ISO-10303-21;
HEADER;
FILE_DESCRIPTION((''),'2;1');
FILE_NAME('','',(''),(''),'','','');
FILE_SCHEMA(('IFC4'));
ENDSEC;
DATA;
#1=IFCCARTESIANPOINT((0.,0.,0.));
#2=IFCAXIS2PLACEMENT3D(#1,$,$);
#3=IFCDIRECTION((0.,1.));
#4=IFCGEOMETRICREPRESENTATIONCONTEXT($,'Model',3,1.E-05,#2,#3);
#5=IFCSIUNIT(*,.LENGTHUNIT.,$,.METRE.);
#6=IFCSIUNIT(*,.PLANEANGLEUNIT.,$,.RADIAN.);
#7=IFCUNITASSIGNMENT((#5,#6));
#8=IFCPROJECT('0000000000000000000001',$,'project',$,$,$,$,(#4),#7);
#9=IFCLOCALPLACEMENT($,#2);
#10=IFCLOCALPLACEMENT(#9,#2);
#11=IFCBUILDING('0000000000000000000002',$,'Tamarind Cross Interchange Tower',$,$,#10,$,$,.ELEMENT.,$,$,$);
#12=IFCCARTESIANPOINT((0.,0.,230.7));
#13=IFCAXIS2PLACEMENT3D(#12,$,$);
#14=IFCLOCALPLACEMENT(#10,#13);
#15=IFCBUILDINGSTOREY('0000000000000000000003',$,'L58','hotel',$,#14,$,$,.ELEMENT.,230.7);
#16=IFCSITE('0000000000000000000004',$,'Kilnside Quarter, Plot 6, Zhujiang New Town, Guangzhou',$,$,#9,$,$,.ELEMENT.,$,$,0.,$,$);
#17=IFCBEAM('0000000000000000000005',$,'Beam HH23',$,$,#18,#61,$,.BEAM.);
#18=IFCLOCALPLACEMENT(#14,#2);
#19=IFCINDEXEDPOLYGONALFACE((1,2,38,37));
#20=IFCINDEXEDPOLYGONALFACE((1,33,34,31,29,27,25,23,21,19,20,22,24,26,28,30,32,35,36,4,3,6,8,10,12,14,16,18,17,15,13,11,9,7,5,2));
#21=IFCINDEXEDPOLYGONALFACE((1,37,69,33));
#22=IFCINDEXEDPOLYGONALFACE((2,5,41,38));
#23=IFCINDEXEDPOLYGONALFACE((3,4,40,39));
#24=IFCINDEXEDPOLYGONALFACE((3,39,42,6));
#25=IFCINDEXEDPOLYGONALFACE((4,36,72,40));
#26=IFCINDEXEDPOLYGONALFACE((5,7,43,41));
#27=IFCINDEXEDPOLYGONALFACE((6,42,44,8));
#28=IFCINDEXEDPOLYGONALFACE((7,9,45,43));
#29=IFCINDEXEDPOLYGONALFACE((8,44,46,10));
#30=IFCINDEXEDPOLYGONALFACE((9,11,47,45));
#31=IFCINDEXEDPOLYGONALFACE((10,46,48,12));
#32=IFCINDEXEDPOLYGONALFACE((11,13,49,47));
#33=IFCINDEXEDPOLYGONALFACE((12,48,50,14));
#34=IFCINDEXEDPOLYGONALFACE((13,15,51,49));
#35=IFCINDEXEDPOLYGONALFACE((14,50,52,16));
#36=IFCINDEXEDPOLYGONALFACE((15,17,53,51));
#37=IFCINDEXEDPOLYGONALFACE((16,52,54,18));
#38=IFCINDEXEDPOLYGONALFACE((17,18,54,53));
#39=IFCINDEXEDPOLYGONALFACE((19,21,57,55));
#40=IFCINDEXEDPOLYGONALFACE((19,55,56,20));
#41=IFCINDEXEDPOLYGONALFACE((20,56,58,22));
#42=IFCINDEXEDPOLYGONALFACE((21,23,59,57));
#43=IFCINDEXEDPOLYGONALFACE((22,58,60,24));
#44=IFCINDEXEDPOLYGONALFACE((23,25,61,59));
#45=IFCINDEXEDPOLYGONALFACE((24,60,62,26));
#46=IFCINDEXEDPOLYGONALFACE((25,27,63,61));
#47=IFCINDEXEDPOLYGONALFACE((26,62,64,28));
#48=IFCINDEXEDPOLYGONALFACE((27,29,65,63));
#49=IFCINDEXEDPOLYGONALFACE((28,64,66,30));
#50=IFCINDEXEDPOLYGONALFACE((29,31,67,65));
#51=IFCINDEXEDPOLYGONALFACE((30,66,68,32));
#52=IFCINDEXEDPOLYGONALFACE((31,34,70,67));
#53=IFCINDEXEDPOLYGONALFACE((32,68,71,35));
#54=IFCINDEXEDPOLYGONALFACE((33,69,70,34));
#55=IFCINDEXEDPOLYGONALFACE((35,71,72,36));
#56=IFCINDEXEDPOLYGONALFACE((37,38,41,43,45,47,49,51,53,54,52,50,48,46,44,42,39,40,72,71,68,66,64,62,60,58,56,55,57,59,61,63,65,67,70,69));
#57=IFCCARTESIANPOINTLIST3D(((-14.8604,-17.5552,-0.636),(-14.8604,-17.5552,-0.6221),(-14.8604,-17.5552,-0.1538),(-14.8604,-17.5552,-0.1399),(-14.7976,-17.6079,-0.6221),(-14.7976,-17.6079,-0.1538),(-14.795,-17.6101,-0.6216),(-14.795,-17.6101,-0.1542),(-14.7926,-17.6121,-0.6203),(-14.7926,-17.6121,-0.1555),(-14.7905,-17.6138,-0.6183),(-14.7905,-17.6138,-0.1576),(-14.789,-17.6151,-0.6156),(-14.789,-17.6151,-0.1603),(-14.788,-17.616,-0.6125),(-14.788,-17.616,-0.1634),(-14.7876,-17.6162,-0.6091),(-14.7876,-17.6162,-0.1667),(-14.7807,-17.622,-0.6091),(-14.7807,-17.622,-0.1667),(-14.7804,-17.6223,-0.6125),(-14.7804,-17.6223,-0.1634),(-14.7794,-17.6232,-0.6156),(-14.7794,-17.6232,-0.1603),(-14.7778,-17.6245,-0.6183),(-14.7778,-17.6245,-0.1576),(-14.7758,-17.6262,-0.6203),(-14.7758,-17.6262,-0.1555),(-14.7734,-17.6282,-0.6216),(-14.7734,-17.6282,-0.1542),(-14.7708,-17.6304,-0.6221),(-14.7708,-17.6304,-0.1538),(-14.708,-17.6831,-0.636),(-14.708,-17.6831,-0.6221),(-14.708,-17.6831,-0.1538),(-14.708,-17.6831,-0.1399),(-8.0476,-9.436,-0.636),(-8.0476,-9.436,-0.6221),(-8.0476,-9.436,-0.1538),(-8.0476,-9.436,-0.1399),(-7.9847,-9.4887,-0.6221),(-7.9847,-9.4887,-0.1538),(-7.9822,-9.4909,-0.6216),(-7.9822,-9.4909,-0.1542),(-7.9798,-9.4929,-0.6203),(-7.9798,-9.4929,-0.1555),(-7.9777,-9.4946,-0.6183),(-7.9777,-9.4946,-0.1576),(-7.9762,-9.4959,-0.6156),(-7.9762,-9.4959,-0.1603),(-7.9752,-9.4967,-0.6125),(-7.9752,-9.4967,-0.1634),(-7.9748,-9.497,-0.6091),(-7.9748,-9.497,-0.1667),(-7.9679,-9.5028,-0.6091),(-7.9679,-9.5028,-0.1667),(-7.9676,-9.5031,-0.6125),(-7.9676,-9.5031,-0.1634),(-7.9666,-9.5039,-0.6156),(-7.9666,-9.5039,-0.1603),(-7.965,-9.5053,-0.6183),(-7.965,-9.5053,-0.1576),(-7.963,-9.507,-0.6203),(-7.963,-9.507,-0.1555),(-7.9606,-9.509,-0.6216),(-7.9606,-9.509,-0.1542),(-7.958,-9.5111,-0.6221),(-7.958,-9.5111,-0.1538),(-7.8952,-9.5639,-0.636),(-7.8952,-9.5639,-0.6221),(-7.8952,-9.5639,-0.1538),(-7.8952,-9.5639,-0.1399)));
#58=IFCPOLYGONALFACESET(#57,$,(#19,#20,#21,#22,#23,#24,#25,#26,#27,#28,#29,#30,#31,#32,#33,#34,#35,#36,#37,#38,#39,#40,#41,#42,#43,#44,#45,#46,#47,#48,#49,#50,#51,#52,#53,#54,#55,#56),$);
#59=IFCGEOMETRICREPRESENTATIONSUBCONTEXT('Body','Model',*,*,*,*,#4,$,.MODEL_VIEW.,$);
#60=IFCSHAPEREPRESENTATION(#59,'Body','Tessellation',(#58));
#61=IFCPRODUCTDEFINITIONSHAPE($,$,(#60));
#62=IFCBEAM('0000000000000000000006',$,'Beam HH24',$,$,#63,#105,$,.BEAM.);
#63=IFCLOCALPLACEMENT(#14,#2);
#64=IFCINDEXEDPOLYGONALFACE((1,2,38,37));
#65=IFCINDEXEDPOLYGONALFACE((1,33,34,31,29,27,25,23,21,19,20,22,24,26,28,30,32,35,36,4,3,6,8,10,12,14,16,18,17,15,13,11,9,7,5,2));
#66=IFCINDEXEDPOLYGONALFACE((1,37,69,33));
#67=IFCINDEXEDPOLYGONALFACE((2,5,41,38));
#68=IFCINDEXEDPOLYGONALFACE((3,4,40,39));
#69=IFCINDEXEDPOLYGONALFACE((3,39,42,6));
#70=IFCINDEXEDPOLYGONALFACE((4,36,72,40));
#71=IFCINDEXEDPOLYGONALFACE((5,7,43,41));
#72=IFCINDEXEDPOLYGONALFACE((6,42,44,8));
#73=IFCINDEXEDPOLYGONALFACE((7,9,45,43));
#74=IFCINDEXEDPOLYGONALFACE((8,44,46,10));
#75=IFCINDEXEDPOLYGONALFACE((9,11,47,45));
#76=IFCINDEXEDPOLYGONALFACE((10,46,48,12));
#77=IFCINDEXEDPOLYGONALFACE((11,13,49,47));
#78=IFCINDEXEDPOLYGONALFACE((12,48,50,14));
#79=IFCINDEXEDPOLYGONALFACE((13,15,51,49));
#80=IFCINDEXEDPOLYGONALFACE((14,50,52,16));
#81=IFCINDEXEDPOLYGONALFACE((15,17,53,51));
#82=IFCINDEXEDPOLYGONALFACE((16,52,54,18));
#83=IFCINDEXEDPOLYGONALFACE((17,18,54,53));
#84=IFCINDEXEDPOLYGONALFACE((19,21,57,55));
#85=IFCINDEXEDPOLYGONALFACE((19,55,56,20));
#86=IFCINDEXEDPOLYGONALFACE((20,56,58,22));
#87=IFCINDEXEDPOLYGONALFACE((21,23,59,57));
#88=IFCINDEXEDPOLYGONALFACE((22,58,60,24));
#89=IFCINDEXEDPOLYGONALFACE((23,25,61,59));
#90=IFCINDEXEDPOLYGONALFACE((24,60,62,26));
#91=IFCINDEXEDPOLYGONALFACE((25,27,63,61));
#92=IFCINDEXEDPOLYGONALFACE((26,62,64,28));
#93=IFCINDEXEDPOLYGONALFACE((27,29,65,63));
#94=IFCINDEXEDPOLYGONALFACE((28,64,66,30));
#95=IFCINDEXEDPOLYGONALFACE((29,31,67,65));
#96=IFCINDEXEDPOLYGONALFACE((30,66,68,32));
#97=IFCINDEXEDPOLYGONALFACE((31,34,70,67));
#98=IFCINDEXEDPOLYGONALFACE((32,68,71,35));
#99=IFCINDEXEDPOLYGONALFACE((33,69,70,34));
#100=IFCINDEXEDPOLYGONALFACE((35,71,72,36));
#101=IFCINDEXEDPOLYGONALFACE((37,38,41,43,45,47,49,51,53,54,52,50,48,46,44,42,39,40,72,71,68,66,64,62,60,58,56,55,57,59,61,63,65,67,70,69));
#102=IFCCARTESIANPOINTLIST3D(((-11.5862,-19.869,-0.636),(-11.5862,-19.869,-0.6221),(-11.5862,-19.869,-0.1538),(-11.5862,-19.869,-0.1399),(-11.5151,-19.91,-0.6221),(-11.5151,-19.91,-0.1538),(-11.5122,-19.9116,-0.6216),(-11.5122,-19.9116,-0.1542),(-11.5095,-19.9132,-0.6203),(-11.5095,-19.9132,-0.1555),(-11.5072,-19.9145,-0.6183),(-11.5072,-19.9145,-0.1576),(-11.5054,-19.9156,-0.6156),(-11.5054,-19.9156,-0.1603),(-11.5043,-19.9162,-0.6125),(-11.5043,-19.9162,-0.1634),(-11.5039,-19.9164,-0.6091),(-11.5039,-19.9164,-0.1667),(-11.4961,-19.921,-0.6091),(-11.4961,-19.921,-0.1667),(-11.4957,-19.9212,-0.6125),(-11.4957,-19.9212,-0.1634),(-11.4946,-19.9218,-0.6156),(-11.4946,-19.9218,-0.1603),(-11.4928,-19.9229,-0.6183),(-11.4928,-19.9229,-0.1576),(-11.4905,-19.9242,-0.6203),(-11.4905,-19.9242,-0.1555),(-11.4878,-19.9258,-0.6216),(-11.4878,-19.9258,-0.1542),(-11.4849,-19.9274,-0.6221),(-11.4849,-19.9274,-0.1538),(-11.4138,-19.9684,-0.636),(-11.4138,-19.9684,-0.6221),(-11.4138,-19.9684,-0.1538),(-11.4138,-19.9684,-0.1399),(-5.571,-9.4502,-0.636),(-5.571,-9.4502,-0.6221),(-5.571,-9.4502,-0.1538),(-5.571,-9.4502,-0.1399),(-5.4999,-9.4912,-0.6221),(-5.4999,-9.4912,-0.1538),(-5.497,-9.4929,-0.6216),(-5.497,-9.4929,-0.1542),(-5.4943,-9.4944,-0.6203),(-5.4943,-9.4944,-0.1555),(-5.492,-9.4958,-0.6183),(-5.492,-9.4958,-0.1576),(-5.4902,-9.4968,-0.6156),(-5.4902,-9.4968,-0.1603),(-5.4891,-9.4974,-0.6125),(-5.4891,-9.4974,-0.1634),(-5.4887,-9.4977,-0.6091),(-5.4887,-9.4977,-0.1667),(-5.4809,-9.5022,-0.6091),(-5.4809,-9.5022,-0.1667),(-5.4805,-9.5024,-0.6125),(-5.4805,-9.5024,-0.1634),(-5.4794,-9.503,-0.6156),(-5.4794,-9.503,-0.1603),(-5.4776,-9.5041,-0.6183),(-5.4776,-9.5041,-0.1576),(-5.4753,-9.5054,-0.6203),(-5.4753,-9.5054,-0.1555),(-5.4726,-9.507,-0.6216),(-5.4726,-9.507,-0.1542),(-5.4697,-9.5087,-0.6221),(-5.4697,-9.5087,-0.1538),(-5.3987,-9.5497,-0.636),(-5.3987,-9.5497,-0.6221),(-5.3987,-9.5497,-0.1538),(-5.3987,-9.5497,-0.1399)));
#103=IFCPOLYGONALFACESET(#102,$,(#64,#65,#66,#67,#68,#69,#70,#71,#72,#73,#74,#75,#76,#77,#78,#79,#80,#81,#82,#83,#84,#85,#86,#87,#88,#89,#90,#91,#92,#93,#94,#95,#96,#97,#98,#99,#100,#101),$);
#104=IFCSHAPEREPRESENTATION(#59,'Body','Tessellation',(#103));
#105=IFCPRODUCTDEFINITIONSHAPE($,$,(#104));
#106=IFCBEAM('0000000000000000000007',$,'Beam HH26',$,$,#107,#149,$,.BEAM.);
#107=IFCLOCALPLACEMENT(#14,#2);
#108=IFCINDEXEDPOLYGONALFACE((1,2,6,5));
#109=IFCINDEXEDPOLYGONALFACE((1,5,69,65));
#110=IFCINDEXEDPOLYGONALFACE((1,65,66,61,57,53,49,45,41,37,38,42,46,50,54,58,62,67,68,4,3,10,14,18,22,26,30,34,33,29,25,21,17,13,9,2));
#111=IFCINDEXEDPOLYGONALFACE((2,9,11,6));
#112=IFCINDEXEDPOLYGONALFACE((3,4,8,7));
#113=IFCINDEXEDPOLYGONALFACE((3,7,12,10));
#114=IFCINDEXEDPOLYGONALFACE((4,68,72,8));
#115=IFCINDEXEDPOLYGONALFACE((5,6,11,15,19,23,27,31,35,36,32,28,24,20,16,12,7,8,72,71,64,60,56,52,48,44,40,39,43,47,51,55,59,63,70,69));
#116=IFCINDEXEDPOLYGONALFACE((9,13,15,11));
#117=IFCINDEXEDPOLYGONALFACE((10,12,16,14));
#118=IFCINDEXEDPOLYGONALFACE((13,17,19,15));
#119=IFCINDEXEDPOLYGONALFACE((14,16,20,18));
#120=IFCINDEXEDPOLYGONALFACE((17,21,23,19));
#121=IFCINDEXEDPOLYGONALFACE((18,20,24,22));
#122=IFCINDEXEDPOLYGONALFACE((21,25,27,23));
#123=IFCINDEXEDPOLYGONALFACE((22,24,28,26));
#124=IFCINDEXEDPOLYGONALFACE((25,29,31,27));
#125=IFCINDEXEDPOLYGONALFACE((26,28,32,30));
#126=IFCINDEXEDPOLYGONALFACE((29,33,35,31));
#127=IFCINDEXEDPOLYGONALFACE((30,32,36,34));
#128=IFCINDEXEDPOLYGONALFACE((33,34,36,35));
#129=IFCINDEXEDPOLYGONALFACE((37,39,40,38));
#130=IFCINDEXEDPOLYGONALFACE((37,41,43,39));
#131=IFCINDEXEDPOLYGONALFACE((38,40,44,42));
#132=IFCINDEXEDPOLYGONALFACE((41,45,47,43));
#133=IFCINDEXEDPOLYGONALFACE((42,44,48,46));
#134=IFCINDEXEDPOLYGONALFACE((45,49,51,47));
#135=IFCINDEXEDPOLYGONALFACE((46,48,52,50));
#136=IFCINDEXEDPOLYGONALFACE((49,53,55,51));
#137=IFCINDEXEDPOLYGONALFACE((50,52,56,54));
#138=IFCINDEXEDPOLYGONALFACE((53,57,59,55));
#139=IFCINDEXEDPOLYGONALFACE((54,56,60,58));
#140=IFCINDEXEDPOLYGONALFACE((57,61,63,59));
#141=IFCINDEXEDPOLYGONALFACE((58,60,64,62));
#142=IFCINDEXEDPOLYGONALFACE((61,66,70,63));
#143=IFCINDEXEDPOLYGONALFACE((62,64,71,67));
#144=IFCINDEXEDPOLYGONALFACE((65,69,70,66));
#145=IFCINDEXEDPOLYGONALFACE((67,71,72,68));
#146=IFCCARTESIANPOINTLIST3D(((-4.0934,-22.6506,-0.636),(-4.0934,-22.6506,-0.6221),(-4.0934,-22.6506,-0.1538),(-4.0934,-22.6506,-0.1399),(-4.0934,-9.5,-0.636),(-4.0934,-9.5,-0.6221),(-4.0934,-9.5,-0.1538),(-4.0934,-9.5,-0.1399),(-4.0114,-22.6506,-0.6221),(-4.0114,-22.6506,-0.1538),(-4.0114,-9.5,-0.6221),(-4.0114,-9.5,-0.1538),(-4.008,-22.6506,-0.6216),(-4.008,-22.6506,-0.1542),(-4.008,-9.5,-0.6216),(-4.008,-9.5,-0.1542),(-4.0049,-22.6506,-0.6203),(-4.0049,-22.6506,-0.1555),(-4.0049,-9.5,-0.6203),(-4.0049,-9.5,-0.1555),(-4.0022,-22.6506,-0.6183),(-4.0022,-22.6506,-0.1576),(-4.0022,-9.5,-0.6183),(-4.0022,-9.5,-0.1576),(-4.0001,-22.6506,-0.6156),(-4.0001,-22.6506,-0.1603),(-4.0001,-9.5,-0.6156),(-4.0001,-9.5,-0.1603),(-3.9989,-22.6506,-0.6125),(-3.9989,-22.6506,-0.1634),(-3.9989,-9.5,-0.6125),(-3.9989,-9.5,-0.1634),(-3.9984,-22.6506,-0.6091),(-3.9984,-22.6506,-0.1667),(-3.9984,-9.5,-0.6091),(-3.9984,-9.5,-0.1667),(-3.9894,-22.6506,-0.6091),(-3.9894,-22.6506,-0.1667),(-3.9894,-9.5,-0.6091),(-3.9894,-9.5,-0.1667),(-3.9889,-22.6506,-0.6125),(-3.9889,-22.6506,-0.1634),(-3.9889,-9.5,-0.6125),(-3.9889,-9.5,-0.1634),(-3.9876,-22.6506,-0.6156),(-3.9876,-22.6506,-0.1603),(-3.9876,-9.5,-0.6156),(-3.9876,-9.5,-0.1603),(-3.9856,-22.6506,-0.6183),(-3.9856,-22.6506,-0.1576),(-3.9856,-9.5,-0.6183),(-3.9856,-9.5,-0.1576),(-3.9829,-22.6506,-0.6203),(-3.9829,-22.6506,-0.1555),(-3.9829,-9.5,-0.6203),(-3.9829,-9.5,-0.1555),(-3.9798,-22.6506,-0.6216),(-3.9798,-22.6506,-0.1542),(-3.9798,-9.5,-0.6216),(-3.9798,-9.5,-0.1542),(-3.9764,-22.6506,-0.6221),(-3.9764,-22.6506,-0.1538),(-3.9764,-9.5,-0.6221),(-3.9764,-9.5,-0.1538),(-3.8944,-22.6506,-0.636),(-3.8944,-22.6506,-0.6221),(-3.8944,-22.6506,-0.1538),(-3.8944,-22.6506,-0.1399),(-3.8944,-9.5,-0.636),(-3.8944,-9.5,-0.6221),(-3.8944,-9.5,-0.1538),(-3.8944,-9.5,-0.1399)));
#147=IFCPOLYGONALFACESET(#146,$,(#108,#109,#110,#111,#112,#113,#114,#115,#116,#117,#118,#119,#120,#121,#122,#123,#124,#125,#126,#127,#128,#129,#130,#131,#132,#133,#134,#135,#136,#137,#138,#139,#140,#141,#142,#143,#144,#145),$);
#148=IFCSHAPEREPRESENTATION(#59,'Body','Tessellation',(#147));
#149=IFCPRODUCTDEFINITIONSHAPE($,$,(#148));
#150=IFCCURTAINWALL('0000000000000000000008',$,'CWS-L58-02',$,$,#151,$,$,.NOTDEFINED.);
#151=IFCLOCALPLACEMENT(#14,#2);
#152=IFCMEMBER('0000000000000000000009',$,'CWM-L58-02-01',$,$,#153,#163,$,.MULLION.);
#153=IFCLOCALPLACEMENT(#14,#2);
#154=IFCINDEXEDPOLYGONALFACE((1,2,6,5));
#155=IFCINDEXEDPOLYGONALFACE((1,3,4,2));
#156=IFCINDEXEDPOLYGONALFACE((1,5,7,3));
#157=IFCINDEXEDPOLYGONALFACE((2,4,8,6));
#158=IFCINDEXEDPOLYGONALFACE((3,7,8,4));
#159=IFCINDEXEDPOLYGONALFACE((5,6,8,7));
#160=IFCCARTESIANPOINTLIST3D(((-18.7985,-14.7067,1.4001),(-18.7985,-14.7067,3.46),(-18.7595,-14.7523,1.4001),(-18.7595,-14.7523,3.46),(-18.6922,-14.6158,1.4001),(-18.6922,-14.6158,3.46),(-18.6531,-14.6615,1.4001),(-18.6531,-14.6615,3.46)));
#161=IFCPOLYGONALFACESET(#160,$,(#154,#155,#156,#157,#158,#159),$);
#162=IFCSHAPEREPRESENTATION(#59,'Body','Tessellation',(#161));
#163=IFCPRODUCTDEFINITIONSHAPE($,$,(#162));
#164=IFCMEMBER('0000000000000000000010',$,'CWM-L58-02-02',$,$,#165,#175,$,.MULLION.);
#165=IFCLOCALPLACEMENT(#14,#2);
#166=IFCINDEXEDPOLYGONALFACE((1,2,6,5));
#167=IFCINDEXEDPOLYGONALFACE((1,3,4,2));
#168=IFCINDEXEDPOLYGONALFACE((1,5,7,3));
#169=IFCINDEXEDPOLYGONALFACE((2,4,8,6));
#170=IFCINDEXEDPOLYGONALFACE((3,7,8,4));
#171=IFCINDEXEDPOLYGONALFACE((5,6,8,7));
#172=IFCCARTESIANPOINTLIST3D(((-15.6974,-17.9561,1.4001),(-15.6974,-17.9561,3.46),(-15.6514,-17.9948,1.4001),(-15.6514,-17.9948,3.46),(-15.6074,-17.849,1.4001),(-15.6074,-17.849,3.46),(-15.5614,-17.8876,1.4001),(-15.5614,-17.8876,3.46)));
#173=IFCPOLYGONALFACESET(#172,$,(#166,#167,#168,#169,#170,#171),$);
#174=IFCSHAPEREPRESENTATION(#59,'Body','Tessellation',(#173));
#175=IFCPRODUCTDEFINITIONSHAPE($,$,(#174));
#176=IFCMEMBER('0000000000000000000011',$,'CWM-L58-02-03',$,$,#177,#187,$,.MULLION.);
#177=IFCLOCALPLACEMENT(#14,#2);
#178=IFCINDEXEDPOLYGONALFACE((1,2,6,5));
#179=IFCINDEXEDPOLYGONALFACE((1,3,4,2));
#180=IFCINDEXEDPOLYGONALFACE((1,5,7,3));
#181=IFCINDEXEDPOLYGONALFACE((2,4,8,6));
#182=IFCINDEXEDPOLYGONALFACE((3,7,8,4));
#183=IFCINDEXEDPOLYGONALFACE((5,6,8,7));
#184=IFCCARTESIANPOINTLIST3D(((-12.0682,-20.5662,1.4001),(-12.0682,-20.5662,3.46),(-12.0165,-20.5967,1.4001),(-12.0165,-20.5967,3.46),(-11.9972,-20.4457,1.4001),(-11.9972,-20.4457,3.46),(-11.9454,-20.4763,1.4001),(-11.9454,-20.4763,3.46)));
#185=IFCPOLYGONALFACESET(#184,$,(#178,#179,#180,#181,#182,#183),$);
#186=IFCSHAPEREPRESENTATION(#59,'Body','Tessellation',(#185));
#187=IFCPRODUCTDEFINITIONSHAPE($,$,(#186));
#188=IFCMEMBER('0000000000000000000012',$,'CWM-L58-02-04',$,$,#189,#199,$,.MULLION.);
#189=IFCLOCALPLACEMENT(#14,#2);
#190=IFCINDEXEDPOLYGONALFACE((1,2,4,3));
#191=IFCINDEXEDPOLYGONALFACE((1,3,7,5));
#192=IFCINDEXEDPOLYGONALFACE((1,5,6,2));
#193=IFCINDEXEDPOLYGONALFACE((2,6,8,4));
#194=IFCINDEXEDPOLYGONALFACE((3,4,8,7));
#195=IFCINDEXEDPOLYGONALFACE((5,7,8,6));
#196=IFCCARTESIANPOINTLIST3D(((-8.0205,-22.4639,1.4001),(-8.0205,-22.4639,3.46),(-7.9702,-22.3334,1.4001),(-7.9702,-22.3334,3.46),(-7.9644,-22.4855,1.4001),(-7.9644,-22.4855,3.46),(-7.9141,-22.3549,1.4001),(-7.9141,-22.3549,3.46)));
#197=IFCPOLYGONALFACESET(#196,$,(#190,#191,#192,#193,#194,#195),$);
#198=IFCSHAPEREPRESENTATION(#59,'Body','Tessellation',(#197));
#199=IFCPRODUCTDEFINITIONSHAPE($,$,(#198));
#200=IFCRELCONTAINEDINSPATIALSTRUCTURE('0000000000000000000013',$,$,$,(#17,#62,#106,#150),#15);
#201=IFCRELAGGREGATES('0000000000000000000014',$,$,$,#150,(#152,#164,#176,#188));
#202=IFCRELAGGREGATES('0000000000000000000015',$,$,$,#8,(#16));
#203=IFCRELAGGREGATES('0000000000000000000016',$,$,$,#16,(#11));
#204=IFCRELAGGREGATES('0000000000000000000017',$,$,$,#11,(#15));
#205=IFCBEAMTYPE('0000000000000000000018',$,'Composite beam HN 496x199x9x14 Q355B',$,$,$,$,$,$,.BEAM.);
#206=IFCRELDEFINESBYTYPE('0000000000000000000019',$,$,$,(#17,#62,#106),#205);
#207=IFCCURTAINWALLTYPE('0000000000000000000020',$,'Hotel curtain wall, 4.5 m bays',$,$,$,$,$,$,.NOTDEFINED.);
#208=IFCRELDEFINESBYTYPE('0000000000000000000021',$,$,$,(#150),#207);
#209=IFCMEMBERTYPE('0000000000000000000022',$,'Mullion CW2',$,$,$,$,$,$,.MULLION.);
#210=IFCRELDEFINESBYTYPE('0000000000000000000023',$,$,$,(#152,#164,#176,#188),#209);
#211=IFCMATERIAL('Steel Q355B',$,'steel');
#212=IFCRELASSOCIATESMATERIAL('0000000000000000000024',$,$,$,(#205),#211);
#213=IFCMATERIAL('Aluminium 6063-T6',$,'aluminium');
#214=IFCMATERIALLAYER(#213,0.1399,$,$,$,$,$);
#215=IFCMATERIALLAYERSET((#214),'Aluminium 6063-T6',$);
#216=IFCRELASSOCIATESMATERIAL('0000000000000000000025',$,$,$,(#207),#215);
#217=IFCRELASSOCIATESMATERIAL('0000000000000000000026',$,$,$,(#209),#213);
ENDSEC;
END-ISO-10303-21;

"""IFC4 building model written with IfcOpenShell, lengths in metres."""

from ifc_helpers import new_model, si_unit, direction, frame, origin, origin_2d, place, context, subcontext, project, spatial, rectangle, i_section, extrude, material, layer, layer_set, material_profile, profile_set, type_object, element, aggregate, save


model = new_model("IFC4")

# Units and contexts
model_context = context("Model", 3, precision=1e-05, world=origin(), true_north=direction((0.0, 1.0)))
body_context = subcontext(model_context, "Body", "Model", "MODEL_VIEW")
ifc_project = project(units=[si_unit("LENGTHUNIT", "METRE"), si_unit("PLANEANGLEUNIT", "RADIAN")], contexts=[model_context])

# Site, building, storey
site_placement = place(None, origin())
site = spatial("IfcSite", under=ifc_project, at=site_placement, Name="Kilnside Quarter, Plot 6, Zhujiang New Town, Guangzhou", CompositionType="ELEMENT", RefElevation=0.0)
building_placement = place(site_placement, origin())
building = spatial("IfcBuilding", under=site, at=building_placement, Name="Tamarind Cross Interchange Tower", CompositionType="ELEMENT")
storey_placement = place(building_placement, frame((0.0, 0.0, 230.7)))
storey = spatial("IfcBuildingStorey", under=building, at=storey_placement, Name="L58", Description="hotel", CompositionType="ELEMENT", Elevation=230.7)

# Beams
ifc_material_1 = material(Name="Steel Q355B", Category="steel")
ifc_material_profile_1 = material_profile(ifc_material_1, i_section(OverallWidth=0.199, OverallDepth=0.4961, WebThickness=0.009, FlangeThickness=0.0139, FilletRadius=0.0129, at=origin_2d()), Name="HN 496x199x9x14")
ifc_profile_set_1 = profile_set([ifc_material_profile_1], Name="Steel Q355B")
beam_type = type_object("IfcBeamType", Name="Composite beam HN 496x199x9x14 Q355B", PredefinedType="BEAM", material=ifc_profile_set_1)
beam_1_placement = place(storey_placement, frame((-14.7842, -17.6191, -0.3879), z_axis=(0.642786, 0.766046, 0.0), x_axis=(-0.766046, 0.642786, 0.0)))
element("IfcBeam", 1, at=beam_1_placement, inside=storey, type_object=beam_type, Name="Beam HH23", PredefinedType="BEAM", context=body_context, shape_type="SweptSolid", body=[
    extrude(i_section(OverallWidth=0.199, OverallDepth=0.4961, WebThickness=0.009, FlangeThickness=0.0139, FilletRadius=0.0129, at=origin_2d()), origin(), (0.0, 0.0, 1.0), 10.5989),
])
beam_2_placement = place(storey_placement, frame((-11.5, -19.9187, -0.3879), z_axis=(0.499994, 0.866029, 0.0), x_axis=(-0.866029, 0.499994, 0.0)))
element("IfcBeam", 2, at=beam_2_placement, inside=storey, type_object=beam_type, Name="Beam HH24", PredefinedType="BEAM", context=body_context, shape_type="SweptSolid", body=[
    extrude(i_section(OverallWidth=0.199, OverallDepth=0.4961, WebThickness=0.009, FlangeThickness=0.0139, FilletRadius=0.0129, at=origin_2d()), origin(), (0.0, 0.0, 1.0), 12.0305),
])
beam_3_placement = place(storey_placement, frame((-3.9939, -22.6506, -0.3879), z_axis=(0.0, 1.0, 0.0), x_axis=(-1.0, 0.0, 0.0)))
element("IfcBeam", 3, at=beam_3_placement, inside=storey, type_object=beam_type, Name="Beam HH26", PredefinedType="BEAM", context=body_context, shape_type="SweptSolid", body=[
    extrude(i_section(OverallWidth=0.199, OverallDepth=0.4961, WebThickness=0.009, FlangeThickness=0.0139, FilletRadius=0.0129, at=origin_2d()), origin(), (0.0, 0.0, 1.0), 13.1506),
])

# Curtain wall, members
ifc_material_2 = material(Name="Aluminium 6063-T6", Category="aluminium")
ifc_layer_1 = layer(ifc_material_2, 0.1399)
ifc_layer_set_1 = layer_set([ifc_layer_1], Name="Aluminium 6063-T6")
curtain_wall_type = type_object("IfcCurtainWallType", Name="Hotel curtain wall, 4.5 m bays", PredefinedType="NOTDEFINED", material=ifc_layer_set_1)
curtain_wall_placement = place(storey_placement, origin())
curtain_wall = element("IfcCurtainWall", 4, at=curtain_wall_placement, inside=storey, type_object=curtain_wall_type, Name="CWS-L58-02", PredefinedType="NOTDEFINED")
ifc_material_profile_2 = material_profile(ifc_material_2, rectangle(XDim=0.0601, YDim=0.1399, at=origin_2d()), Name="Mullion CW2")
ifc_profile_set_2 = profile_set([ifc_material_profile_2], Name="Aluminium 6063-T6")
member_type = type_object("IfcMemberType", Name="Mullion CW2", PredefinedType="MULLION", material=ifc_profile_set_2)
member_1_placement = place(storey_placement, frame((-18.7258, -14.6841, 1.4001), z_axis=(0.0, 0.0, 1.0), x_axis=(0.649577, -0.760296, 0.0)))
member_1 = element("IfcMember", 5, at=member_1_placement, type_object=member_type, Name="CWM-L58-02-01", PredefinedType="MULLION", context=body_context, shape_type="SweptSolid", body=[
    extrude(rectangle(XDim=0.0601, YDim=0.1399, at=origin_2d()), origin(), (0.0, 0.0, 1.0), 2.0598),
])
member_2_placement = place(storey_placement, frame((-15.6294, -17.9219, 1.4001), z_axis=(0.0, 0.0, 1.0), x_axis=(0.765858, -0.643009, 0.0)))
member_2 = element("IfcMember", 6, at=member_2_placement, type_object=member_type, Name="CWM-L58-02-02", PredefinedType="MULLION", context=body_context, shape_type="SweptSolid", body=[
    extrude(rectangle(XDim=0.0601, YDim=0.1399, at=origin_2d()), origin(), (0.0, 0.0, 1.0), 2.0598),
])
member_3_placement = place(storey_placement, frame((-12.0068, -20.5212, 1.4001), z_axis=(0.0, 0.0, 1.0), x_axis=(0.861249, -0.508183, 0.0)))
member_3 = element("IfcMember", 7, at=member_3_placement, type_object=member_type, Name="CWM-L58-02-03", PredefinedType="MULLION", context=body_context, shape_type="SweptSolid", body=[
    extrude(rectangle(XDim=0.0601, YDim=0.1399, at=origin_2d()), origin(), (0.0, 0.0, 1.0), 2.0598),
])
member_4_placement = place(storey_placement, frame((-7.9673, -22.4094, 1.4001), z_axis=(0.0, 0.0, 1.0), x_axis=(0.933147, -0.359495, 0.0)))
member_4 = element("IfcMember", 8, at=member_4_placement, type_object=member_type, Name="CWM-L58-02-04", PredefinedType="MULLION", context=body_context, shape_type="SweptSolid", body=[
    extrude(rectangle(XDim=0.0601, YDim=0.1399, at=origin_2d()), origin(), (0.0, 0.0, 1.0), 2.0598),
])
aggregate(curtain_wall, [member_1, member_2, member_3, member_4])

save(model, "model.ifc")
